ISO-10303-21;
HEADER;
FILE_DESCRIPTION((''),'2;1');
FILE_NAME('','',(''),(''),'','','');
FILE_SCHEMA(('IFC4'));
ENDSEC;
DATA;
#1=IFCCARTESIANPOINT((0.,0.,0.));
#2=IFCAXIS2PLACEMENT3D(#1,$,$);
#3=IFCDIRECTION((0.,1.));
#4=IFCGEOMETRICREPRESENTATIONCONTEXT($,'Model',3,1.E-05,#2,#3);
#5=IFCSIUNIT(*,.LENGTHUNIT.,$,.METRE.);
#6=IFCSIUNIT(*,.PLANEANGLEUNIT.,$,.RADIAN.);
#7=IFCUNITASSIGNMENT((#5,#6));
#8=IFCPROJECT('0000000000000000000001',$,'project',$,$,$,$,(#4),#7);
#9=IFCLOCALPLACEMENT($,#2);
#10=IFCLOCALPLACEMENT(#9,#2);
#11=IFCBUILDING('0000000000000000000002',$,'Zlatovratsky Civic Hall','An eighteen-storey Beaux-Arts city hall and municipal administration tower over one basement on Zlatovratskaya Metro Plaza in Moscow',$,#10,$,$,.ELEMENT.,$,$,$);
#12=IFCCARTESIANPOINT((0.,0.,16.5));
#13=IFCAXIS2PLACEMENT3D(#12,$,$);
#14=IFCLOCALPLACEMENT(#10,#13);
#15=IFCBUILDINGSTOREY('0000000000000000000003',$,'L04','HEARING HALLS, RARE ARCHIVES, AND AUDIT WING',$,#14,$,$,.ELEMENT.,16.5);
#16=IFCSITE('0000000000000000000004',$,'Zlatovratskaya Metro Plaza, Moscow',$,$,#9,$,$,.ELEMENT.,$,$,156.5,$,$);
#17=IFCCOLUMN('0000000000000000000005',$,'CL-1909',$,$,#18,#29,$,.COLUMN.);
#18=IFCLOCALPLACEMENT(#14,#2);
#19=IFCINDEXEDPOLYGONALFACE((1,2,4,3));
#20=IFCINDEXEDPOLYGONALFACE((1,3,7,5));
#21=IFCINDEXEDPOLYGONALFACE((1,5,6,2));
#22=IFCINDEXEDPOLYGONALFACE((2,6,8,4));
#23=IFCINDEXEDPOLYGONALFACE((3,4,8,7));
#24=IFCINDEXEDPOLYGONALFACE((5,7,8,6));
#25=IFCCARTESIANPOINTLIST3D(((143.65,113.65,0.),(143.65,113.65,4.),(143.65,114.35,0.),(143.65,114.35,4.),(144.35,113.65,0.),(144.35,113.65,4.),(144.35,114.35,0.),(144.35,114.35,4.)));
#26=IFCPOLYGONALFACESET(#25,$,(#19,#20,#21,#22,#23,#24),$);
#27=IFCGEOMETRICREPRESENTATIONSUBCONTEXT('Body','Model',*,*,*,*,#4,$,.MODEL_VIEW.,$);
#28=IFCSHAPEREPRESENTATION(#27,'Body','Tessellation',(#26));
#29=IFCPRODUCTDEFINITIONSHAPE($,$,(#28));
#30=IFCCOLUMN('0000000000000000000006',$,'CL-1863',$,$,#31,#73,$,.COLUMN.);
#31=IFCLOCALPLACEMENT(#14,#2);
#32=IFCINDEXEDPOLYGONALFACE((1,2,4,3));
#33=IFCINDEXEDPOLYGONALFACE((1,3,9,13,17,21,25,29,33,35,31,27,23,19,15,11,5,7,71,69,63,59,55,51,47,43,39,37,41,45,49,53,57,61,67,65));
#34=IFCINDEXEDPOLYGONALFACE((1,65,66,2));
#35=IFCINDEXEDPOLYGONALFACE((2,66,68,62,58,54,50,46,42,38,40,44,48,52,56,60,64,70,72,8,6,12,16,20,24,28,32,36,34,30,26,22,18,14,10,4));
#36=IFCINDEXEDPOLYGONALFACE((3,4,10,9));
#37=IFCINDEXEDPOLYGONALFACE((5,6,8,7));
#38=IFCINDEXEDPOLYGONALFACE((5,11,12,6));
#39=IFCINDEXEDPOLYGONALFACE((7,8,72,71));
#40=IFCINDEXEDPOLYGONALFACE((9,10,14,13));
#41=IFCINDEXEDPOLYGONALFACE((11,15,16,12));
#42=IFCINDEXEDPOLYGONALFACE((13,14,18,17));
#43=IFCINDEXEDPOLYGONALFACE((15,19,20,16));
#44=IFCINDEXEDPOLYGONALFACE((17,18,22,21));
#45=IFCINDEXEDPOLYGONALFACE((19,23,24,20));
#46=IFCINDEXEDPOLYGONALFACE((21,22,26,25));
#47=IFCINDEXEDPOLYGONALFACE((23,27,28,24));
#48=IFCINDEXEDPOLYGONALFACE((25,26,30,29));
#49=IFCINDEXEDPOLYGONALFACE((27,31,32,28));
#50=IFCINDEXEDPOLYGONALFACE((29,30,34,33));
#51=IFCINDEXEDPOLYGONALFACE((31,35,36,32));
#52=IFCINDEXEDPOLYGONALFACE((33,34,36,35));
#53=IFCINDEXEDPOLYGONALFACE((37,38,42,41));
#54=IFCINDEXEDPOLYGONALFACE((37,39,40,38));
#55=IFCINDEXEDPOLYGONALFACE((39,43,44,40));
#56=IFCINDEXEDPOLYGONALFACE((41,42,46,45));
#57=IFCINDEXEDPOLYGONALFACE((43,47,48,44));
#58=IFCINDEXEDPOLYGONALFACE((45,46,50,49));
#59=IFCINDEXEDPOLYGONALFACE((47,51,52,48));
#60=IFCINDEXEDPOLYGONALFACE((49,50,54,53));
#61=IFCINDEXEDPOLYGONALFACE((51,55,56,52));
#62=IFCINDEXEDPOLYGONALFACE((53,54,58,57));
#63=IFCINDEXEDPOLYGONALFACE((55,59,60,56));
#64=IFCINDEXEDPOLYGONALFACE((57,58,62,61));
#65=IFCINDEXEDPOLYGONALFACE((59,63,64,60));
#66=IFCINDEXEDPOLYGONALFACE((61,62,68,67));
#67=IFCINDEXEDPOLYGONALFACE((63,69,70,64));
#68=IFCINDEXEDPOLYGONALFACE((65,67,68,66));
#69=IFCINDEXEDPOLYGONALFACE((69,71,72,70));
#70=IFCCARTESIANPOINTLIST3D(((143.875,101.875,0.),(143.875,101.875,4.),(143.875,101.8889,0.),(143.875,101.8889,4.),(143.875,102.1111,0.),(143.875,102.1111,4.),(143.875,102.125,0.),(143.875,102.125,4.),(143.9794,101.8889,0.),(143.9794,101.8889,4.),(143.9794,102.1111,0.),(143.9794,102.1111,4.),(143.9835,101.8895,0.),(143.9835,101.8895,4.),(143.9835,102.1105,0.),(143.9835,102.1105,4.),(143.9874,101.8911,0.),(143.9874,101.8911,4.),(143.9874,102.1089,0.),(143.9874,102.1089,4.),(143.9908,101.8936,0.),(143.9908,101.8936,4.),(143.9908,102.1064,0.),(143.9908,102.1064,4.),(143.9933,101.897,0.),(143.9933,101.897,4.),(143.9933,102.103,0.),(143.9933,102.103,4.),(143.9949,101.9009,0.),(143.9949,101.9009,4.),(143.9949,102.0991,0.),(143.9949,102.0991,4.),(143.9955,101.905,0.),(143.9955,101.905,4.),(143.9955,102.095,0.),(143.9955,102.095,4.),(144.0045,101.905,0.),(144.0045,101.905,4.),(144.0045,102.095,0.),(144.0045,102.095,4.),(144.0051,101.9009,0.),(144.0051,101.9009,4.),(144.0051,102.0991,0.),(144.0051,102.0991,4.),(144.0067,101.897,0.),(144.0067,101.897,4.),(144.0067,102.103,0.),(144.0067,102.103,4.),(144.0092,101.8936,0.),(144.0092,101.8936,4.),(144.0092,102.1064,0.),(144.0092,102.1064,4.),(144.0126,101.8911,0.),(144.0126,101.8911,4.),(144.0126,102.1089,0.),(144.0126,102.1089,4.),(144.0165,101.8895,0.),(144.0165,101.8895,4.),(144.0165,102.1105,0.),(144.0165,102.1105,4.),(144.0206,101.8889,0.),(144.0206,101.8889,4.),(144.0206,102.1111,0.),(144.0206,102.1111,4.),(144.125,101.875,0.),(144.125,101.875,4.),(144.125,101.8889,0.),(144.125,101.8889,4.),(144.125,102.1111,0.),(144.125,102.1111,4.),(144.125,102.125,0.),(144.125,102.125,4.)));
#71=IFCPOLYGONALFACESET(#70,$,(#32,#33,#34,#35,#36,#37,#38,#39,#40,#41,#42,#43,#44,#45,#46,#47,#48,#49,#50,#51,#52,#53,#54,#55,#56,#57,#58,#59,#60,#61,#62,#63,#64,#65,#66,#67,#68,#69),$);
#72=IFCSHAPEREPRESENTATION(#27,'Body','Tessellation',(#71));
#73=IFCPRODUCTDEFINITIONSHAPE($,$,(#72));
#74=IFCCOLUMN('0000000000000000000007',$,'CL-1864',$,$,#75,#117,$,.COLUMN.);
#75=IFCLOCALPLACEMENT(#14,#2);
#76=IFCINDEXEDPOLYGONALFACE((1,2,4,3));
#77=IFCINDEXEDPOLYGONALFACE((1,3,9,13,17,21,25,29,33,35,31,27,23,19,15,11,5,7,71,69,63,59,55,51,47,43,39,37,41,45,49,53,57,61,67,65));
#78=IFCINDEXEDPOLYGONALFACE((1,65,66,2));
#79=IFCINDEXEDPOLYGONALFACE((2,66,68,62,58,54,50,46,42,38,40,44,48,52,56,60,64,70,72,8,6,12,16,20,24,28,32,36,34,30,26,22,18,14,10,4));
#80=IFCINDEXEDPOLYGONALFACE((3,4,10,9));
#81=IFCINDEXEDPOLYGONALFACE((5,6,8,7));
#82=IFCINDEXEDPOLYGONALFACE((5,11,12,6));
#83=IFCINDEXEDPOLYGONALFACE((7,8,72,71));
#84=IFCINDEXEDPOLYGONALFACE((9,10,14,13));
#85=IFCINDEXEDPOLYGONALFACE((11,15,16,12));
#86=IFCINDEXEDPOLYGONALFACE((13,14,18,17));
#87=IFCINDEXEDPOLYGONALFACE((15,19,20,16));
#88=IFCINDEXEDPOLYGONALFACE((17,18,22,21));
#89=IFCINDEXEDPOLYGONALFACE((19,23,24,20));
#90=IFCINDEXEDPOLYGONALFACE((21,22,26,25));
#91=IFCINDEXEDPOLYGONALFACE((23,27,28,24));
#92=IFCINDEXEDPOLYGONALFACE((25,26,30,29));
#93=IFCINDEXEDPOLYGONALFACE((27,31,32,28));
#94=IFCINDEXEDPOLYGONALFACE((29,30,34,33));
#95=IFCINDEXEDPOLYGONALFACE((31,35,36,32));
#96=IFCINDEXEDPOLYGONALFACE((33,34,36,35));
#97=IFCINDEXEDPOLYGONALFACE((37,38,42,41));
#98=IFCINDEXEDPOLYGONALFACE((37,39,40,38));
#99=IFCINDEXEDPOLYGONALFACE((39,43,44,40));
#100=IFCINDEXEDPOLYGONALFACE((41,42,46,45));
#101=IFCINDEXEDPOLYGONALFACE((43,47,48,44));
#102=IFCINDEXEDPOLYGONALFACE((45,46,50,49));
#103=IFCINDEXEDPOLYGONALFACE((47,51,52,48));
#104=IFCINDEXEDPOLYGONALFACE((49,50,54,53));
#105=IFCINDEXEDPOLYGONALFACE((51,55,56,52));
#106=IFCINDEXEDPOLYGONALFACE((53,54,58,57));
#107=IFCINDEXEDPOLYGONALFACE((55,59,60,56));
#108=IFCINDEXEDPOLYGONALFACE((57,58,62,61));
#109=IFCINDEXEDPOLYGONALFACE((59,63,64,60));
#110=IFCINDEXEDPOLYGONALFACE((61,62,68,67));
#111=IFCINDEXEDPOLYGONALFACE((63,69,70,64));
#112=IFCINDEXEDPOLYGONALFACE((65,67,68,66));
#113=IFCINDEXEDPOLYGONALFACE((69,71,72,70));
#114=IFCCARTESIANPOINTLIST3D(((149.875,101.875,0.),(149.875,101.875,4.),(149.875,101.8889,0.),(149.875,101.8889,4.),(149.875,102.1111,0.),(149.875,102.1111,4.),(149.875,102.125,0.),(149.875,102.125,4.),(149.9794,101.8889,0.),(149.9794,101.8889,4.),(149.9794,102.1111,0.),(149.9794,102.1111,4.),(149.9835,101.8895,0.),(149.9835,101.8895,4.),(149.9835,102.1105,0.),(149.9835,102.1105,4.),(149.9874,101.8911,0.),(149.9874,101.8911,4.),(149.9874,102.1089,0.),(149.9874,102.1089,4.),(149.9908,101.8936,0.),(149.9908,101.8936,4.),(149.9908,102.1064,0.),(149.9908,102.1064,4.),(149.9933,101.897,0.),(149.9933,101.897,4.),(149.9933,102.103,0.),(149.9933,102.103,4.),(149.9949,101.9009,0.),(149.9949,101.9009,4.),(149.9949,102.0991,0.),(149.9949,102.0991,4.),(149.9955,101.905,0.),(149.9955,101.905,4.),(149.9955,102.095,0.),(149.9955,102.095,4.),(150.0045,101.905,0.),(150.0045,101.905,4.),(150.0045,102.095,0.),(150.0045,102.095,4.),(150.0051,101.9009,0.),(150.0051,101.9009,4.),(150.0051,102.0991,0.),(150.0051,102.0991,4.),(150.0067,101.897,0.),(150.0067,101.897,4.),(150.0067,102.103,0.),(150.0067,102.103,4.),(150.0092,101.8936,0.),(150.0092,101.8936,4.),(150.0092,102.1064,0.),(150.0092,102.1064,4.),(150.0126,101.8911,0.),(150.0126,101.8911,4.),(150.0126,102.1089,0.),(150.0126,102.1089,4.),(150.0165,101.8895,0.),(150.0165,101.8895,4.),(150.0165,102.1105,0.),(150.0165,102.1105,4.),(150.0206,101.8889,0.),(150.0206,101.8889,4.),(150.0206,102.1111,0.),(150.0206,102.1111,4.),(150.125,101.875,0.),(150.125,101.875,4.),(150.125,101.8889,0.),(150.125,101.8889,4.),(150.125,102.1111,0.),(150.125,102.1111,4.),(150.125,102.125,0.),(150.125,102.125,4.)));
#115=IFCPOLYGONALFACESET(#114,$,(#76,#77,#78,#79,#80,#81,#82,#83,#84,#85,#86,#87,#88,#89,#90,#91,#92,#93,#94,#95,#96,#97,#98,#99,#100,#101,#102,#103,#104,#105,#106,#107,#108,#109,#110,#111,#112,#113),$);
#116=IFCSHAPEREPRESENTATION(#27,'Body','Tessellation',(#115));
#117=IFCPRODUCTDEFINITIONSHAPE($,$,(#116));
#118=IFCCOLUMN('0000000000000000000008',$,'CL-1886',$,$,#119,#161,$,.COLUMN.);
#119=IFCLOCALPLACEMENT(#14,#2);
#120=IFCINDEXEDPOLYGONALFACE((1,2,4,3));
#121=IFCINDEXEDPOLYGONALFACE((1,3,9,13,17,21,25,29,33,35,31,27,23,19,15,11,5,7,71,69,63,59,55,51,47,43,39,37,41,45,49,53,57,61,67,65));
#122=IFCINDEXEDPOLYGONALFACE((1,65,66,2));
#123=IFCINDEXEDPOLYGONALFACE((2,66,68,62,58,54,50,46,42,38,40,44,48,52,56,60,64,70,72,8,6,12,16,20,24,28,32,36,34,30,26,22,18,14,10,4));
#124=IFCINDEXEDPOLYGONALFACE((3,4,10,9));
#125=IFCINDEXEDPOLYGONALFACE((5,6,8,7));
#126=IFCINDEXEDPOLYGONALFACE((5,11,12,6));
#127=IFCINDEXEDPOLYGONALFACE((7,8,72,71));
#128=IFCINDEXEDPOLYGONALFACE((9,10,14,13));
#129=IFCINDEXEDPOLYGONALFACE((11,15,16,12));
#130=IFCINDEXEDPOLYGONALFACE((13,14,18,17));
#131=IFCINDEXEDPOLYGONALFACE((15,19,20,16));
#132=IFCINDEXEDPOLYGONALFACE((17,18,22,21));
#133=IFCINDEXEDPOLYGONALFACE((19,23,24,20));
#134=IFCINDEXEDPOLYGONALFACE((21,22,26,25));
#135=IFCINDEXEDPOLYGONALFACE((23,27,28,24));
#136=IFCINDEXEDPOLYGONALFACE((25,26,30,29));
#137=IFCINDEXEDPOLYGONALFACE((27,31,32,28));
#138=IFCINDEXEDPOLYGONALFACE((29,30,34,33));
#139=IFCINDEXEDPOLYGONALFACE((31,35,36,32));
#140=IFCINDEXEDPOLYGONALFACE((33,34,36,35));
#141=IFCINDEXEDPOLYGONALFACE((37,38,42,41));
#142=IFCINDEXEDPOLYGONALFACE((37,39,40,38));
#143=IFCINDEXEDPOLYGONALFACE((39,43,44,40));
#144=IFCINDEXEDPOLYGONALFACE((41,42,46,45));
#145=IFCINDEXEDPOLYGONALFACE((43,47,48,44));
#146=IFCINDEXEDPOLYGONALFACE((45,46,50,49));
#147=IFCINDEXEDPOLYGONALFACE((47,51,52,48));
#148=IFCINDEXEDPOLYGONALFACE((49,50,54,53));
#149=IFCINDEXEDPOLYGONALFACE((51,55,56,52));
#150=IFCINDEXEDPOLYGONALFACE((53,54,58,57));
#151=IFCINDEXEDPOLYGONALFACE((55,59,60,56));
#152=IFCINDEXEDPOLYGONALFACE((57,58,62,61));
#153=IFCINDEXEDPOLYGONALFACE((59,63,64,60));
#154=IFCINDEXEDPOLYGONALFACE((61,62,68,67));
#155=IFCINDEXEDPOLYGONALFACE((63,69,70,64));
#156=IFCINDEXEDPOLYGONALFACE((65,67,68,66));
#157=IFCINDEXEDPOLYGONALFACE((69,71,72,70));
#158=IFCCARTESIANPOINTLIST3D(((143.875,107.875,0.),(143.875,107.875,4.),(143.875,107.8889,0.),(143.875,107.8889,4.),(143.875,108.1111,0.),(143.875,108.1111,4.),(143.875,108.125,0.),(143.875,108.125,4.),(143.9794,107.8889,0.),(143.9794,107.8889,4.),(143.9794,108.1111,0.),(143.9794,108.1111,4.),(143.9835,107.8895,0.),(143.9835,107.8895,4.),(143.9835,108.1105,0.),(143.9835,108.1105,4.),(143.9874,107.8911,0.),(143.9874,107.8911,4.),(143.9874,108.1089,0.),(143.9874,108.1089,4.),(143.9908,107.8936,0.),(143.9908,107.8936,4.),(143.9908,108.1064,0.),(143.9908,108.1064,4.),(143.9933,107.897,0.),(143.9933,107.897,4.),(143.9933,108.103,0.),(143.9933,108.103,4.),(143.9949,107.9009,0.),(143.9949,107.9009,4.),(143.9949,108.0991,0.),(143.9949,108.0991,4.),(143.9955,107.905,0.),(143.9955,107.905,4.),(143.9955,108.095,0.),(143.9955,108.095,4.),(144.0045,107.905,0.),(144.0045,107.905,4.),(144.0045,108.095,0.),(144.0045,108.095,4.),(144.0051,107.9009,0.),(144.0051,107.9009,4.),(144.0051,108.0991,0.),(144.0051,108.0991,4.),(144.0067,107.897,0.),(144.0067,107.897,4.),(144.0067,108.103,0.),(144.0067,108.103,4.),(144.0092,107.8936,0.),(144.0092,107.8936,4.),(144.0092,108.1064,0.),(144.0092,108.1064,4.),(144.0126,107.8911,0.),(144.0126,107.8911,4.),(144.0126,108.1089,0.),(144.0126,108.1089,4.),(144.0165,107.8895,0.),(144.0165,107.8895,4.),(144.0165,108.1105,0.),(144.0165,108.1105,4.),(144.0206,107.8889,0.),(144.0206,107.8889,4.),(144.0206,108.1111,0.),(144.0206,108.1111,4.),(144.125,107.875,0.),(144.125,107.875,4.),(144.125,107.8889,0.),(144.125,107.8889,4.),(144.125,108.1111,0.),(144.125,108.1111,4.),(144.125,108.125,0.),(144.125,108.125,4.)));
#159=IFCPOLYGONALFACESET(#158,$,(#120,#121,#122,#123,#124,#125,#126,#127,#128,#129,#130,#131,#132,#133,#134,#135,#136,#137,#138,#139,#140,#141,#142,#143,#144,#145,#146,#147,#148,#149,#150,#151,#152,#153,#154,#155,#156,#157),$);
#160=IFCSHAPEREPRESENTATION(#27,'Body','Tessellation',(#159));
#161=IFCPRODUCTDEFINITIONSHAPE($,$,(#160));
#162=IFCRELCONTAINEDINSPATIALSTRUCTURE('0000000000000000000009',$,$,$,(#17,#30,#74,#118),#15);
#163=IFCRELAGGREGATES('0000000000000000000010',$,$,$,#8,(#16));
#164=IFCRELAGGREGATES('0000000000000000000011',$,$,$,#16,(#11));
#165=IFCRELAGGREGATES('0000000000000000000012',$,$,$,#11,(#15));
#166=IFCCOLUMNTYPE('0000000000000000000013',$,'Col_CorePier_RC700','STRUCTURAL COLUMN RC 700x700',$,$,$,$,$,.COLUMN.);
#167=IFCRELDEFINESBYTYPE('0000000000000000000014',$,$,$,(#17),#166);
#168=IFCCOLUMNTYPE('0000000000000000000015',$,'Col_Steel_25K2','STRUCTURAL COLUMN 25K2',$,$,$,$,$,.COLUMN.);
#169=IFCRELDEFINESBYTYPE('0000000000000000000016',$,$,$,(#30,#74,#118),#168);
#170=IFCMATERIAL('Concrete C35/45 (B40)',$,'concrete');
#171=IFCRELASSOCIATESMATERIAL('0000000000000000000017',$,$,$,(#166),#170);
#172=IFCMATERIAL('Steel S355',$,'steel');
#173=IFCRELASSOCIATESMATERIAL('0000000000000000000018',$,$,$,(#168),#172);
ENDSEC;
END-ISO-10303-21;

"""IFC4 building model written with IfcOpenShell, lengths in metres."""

from ifc_helpers import new_model, si_unit, direction, frame, origin, origin_2d, place, context, subcontext, project, spatial, rectangle, i_section, extrude, material, material_profile, profile_set, type_object, element, save


model = new_model("IFC4")

# Units and contexts
model_context = context("Model", 3, precision=1e-05, world=origin(), true_north=direction((0.0, 1.0)))
body_context = subcontext(model_context, "Body", "Model", "MODEL_VIEW")
ifc_project = project(units=[si_unit("LENGTHUNIT", "METRE"), si_unit("PLANEANGLEUNIT", "RADIAN")], contexts=[model_context])

# Site, building, storey
site_placement = place(None, origin())
site = spatial("IfcSite", under=ifc_project, at=site_placement, Name="Zlatovratskaya Metro Plaza, Moscow", CompositionType="ELEMENT", RefElevation=156.5)
building_placement = place(site_placement, origin())
building = spatial("IfcBuilding", under=site, at=building_placement, Name="Zlatovratsky Civic Hall", Description="An eighteen-storey Beaux-Arts city hall and municipal administration tower over one basement on Zlatovratskaya Metro Plaza in Moscow", CompositionType="ELEMENT")
storey_placement = place(building_placement, frame((0.0, 0.0, 16.5)))
storey = spatial("IfcBuildingStorey", under=building, at=storey_placement, Name="L04", Description="HEARING HALLS, RARE ARCHIVES, AND AUDIT WING", CompositionType="ELEMENT", Elevation=16.5)

# Columns
ifc_material_1 = material(Name="Concrete C35/45 (B40)", Category="concrete")
ifc_material_profile_1 = material_profile(ifc_material_1, rectangle(XDim=0.7, YDim=0.7, at=origin_2d()), Name="RC 700x700")
ifc_profile_set_1 = profile_set([ifc_material_profile_1], Name="Concrete C35/45 (B40)")
column_type_1 = type_object("IfcColumnType", Name="Col_CorePier_RC700", Description="STRUCTURAL COLUMN RC 700x700", PredefinedType="COLUMN", material=ifc_profile_set_1)
column_placement = place(storey_placement, frame((144.0, 114.0, 0.0), z_axis=(0.0, 0.0, 1.0), x_axis=(1.0, 0.0, 0.0)))
element("IfcColumn", 1, at=column_placement, inside=storey, type_object=column_type_1, Name="CL-1909", PredefinedType="COLUMN", context=body_context, shape_type="SweptSolid", body=[
    extrude(rectangle(XDim=0.7, YDim=0.7, at=origin_2d()), origin(), (0.0, 0.0, 1.0), 4.0),
])
ifc_material_2 = material(Name="Steel S355", Category="steel")
ifc_material_profile_2 = material_profile(ifc_material_2, i_section(OverallWidth=0.25, OverallDepth=0.25, WebThickness=0.009, FlangeThickness=0.0139, FilletRadius=0.0161, at=origin_2d()), Name="25K2")
ifc_profile_set_2 = profile_set([ifc_material_profile_2], Name="Steel S355")
column_type_2 = type_object("IfcColumnType", Name="Col_Steel_25K2", Description="STRUCTURAL COLUMN 25K2", PredefinedType="COLUMN", material=ifc_profile_set_2)
for number, where, z_axis, x_axis, name in (
    (2, (144.0, 102.0, 0.0), (0.0, 0.0, 1.0), (1.0, 0.0, 0.0), "CL-1863"),
    (3, (150.0, 102.0, 0.0), (0.0, 0.0, 1.0), (1.0, 0.0, 0.0), "CL-1864"),
    (4, (144.0, 108.0, 0.0), (0.0, 0.0, 1.0), (1.0, 0.0, 0.0), "CL-1886"),
):
    element("IfcColumn", number, at=place(storey_placement, frame(where, z_axis=z_axis, x_axis=x_axis)), inside=storey, type_object=column_type_2, Name=name, PredefinedType="COLUMN", context=body_context, shape_type="SweptSolid", body=[
        extrude(i_section(OverallWidth=0.25, OverallDepth=0.25, WebThickness=0.009, FlangeThickness=0.0139, FilletRadius=0.0161, at=origin_2d()), origin(), (0.0, 0.0, 1.0), 4.0),
    ])

save(model, "model.ifc")
